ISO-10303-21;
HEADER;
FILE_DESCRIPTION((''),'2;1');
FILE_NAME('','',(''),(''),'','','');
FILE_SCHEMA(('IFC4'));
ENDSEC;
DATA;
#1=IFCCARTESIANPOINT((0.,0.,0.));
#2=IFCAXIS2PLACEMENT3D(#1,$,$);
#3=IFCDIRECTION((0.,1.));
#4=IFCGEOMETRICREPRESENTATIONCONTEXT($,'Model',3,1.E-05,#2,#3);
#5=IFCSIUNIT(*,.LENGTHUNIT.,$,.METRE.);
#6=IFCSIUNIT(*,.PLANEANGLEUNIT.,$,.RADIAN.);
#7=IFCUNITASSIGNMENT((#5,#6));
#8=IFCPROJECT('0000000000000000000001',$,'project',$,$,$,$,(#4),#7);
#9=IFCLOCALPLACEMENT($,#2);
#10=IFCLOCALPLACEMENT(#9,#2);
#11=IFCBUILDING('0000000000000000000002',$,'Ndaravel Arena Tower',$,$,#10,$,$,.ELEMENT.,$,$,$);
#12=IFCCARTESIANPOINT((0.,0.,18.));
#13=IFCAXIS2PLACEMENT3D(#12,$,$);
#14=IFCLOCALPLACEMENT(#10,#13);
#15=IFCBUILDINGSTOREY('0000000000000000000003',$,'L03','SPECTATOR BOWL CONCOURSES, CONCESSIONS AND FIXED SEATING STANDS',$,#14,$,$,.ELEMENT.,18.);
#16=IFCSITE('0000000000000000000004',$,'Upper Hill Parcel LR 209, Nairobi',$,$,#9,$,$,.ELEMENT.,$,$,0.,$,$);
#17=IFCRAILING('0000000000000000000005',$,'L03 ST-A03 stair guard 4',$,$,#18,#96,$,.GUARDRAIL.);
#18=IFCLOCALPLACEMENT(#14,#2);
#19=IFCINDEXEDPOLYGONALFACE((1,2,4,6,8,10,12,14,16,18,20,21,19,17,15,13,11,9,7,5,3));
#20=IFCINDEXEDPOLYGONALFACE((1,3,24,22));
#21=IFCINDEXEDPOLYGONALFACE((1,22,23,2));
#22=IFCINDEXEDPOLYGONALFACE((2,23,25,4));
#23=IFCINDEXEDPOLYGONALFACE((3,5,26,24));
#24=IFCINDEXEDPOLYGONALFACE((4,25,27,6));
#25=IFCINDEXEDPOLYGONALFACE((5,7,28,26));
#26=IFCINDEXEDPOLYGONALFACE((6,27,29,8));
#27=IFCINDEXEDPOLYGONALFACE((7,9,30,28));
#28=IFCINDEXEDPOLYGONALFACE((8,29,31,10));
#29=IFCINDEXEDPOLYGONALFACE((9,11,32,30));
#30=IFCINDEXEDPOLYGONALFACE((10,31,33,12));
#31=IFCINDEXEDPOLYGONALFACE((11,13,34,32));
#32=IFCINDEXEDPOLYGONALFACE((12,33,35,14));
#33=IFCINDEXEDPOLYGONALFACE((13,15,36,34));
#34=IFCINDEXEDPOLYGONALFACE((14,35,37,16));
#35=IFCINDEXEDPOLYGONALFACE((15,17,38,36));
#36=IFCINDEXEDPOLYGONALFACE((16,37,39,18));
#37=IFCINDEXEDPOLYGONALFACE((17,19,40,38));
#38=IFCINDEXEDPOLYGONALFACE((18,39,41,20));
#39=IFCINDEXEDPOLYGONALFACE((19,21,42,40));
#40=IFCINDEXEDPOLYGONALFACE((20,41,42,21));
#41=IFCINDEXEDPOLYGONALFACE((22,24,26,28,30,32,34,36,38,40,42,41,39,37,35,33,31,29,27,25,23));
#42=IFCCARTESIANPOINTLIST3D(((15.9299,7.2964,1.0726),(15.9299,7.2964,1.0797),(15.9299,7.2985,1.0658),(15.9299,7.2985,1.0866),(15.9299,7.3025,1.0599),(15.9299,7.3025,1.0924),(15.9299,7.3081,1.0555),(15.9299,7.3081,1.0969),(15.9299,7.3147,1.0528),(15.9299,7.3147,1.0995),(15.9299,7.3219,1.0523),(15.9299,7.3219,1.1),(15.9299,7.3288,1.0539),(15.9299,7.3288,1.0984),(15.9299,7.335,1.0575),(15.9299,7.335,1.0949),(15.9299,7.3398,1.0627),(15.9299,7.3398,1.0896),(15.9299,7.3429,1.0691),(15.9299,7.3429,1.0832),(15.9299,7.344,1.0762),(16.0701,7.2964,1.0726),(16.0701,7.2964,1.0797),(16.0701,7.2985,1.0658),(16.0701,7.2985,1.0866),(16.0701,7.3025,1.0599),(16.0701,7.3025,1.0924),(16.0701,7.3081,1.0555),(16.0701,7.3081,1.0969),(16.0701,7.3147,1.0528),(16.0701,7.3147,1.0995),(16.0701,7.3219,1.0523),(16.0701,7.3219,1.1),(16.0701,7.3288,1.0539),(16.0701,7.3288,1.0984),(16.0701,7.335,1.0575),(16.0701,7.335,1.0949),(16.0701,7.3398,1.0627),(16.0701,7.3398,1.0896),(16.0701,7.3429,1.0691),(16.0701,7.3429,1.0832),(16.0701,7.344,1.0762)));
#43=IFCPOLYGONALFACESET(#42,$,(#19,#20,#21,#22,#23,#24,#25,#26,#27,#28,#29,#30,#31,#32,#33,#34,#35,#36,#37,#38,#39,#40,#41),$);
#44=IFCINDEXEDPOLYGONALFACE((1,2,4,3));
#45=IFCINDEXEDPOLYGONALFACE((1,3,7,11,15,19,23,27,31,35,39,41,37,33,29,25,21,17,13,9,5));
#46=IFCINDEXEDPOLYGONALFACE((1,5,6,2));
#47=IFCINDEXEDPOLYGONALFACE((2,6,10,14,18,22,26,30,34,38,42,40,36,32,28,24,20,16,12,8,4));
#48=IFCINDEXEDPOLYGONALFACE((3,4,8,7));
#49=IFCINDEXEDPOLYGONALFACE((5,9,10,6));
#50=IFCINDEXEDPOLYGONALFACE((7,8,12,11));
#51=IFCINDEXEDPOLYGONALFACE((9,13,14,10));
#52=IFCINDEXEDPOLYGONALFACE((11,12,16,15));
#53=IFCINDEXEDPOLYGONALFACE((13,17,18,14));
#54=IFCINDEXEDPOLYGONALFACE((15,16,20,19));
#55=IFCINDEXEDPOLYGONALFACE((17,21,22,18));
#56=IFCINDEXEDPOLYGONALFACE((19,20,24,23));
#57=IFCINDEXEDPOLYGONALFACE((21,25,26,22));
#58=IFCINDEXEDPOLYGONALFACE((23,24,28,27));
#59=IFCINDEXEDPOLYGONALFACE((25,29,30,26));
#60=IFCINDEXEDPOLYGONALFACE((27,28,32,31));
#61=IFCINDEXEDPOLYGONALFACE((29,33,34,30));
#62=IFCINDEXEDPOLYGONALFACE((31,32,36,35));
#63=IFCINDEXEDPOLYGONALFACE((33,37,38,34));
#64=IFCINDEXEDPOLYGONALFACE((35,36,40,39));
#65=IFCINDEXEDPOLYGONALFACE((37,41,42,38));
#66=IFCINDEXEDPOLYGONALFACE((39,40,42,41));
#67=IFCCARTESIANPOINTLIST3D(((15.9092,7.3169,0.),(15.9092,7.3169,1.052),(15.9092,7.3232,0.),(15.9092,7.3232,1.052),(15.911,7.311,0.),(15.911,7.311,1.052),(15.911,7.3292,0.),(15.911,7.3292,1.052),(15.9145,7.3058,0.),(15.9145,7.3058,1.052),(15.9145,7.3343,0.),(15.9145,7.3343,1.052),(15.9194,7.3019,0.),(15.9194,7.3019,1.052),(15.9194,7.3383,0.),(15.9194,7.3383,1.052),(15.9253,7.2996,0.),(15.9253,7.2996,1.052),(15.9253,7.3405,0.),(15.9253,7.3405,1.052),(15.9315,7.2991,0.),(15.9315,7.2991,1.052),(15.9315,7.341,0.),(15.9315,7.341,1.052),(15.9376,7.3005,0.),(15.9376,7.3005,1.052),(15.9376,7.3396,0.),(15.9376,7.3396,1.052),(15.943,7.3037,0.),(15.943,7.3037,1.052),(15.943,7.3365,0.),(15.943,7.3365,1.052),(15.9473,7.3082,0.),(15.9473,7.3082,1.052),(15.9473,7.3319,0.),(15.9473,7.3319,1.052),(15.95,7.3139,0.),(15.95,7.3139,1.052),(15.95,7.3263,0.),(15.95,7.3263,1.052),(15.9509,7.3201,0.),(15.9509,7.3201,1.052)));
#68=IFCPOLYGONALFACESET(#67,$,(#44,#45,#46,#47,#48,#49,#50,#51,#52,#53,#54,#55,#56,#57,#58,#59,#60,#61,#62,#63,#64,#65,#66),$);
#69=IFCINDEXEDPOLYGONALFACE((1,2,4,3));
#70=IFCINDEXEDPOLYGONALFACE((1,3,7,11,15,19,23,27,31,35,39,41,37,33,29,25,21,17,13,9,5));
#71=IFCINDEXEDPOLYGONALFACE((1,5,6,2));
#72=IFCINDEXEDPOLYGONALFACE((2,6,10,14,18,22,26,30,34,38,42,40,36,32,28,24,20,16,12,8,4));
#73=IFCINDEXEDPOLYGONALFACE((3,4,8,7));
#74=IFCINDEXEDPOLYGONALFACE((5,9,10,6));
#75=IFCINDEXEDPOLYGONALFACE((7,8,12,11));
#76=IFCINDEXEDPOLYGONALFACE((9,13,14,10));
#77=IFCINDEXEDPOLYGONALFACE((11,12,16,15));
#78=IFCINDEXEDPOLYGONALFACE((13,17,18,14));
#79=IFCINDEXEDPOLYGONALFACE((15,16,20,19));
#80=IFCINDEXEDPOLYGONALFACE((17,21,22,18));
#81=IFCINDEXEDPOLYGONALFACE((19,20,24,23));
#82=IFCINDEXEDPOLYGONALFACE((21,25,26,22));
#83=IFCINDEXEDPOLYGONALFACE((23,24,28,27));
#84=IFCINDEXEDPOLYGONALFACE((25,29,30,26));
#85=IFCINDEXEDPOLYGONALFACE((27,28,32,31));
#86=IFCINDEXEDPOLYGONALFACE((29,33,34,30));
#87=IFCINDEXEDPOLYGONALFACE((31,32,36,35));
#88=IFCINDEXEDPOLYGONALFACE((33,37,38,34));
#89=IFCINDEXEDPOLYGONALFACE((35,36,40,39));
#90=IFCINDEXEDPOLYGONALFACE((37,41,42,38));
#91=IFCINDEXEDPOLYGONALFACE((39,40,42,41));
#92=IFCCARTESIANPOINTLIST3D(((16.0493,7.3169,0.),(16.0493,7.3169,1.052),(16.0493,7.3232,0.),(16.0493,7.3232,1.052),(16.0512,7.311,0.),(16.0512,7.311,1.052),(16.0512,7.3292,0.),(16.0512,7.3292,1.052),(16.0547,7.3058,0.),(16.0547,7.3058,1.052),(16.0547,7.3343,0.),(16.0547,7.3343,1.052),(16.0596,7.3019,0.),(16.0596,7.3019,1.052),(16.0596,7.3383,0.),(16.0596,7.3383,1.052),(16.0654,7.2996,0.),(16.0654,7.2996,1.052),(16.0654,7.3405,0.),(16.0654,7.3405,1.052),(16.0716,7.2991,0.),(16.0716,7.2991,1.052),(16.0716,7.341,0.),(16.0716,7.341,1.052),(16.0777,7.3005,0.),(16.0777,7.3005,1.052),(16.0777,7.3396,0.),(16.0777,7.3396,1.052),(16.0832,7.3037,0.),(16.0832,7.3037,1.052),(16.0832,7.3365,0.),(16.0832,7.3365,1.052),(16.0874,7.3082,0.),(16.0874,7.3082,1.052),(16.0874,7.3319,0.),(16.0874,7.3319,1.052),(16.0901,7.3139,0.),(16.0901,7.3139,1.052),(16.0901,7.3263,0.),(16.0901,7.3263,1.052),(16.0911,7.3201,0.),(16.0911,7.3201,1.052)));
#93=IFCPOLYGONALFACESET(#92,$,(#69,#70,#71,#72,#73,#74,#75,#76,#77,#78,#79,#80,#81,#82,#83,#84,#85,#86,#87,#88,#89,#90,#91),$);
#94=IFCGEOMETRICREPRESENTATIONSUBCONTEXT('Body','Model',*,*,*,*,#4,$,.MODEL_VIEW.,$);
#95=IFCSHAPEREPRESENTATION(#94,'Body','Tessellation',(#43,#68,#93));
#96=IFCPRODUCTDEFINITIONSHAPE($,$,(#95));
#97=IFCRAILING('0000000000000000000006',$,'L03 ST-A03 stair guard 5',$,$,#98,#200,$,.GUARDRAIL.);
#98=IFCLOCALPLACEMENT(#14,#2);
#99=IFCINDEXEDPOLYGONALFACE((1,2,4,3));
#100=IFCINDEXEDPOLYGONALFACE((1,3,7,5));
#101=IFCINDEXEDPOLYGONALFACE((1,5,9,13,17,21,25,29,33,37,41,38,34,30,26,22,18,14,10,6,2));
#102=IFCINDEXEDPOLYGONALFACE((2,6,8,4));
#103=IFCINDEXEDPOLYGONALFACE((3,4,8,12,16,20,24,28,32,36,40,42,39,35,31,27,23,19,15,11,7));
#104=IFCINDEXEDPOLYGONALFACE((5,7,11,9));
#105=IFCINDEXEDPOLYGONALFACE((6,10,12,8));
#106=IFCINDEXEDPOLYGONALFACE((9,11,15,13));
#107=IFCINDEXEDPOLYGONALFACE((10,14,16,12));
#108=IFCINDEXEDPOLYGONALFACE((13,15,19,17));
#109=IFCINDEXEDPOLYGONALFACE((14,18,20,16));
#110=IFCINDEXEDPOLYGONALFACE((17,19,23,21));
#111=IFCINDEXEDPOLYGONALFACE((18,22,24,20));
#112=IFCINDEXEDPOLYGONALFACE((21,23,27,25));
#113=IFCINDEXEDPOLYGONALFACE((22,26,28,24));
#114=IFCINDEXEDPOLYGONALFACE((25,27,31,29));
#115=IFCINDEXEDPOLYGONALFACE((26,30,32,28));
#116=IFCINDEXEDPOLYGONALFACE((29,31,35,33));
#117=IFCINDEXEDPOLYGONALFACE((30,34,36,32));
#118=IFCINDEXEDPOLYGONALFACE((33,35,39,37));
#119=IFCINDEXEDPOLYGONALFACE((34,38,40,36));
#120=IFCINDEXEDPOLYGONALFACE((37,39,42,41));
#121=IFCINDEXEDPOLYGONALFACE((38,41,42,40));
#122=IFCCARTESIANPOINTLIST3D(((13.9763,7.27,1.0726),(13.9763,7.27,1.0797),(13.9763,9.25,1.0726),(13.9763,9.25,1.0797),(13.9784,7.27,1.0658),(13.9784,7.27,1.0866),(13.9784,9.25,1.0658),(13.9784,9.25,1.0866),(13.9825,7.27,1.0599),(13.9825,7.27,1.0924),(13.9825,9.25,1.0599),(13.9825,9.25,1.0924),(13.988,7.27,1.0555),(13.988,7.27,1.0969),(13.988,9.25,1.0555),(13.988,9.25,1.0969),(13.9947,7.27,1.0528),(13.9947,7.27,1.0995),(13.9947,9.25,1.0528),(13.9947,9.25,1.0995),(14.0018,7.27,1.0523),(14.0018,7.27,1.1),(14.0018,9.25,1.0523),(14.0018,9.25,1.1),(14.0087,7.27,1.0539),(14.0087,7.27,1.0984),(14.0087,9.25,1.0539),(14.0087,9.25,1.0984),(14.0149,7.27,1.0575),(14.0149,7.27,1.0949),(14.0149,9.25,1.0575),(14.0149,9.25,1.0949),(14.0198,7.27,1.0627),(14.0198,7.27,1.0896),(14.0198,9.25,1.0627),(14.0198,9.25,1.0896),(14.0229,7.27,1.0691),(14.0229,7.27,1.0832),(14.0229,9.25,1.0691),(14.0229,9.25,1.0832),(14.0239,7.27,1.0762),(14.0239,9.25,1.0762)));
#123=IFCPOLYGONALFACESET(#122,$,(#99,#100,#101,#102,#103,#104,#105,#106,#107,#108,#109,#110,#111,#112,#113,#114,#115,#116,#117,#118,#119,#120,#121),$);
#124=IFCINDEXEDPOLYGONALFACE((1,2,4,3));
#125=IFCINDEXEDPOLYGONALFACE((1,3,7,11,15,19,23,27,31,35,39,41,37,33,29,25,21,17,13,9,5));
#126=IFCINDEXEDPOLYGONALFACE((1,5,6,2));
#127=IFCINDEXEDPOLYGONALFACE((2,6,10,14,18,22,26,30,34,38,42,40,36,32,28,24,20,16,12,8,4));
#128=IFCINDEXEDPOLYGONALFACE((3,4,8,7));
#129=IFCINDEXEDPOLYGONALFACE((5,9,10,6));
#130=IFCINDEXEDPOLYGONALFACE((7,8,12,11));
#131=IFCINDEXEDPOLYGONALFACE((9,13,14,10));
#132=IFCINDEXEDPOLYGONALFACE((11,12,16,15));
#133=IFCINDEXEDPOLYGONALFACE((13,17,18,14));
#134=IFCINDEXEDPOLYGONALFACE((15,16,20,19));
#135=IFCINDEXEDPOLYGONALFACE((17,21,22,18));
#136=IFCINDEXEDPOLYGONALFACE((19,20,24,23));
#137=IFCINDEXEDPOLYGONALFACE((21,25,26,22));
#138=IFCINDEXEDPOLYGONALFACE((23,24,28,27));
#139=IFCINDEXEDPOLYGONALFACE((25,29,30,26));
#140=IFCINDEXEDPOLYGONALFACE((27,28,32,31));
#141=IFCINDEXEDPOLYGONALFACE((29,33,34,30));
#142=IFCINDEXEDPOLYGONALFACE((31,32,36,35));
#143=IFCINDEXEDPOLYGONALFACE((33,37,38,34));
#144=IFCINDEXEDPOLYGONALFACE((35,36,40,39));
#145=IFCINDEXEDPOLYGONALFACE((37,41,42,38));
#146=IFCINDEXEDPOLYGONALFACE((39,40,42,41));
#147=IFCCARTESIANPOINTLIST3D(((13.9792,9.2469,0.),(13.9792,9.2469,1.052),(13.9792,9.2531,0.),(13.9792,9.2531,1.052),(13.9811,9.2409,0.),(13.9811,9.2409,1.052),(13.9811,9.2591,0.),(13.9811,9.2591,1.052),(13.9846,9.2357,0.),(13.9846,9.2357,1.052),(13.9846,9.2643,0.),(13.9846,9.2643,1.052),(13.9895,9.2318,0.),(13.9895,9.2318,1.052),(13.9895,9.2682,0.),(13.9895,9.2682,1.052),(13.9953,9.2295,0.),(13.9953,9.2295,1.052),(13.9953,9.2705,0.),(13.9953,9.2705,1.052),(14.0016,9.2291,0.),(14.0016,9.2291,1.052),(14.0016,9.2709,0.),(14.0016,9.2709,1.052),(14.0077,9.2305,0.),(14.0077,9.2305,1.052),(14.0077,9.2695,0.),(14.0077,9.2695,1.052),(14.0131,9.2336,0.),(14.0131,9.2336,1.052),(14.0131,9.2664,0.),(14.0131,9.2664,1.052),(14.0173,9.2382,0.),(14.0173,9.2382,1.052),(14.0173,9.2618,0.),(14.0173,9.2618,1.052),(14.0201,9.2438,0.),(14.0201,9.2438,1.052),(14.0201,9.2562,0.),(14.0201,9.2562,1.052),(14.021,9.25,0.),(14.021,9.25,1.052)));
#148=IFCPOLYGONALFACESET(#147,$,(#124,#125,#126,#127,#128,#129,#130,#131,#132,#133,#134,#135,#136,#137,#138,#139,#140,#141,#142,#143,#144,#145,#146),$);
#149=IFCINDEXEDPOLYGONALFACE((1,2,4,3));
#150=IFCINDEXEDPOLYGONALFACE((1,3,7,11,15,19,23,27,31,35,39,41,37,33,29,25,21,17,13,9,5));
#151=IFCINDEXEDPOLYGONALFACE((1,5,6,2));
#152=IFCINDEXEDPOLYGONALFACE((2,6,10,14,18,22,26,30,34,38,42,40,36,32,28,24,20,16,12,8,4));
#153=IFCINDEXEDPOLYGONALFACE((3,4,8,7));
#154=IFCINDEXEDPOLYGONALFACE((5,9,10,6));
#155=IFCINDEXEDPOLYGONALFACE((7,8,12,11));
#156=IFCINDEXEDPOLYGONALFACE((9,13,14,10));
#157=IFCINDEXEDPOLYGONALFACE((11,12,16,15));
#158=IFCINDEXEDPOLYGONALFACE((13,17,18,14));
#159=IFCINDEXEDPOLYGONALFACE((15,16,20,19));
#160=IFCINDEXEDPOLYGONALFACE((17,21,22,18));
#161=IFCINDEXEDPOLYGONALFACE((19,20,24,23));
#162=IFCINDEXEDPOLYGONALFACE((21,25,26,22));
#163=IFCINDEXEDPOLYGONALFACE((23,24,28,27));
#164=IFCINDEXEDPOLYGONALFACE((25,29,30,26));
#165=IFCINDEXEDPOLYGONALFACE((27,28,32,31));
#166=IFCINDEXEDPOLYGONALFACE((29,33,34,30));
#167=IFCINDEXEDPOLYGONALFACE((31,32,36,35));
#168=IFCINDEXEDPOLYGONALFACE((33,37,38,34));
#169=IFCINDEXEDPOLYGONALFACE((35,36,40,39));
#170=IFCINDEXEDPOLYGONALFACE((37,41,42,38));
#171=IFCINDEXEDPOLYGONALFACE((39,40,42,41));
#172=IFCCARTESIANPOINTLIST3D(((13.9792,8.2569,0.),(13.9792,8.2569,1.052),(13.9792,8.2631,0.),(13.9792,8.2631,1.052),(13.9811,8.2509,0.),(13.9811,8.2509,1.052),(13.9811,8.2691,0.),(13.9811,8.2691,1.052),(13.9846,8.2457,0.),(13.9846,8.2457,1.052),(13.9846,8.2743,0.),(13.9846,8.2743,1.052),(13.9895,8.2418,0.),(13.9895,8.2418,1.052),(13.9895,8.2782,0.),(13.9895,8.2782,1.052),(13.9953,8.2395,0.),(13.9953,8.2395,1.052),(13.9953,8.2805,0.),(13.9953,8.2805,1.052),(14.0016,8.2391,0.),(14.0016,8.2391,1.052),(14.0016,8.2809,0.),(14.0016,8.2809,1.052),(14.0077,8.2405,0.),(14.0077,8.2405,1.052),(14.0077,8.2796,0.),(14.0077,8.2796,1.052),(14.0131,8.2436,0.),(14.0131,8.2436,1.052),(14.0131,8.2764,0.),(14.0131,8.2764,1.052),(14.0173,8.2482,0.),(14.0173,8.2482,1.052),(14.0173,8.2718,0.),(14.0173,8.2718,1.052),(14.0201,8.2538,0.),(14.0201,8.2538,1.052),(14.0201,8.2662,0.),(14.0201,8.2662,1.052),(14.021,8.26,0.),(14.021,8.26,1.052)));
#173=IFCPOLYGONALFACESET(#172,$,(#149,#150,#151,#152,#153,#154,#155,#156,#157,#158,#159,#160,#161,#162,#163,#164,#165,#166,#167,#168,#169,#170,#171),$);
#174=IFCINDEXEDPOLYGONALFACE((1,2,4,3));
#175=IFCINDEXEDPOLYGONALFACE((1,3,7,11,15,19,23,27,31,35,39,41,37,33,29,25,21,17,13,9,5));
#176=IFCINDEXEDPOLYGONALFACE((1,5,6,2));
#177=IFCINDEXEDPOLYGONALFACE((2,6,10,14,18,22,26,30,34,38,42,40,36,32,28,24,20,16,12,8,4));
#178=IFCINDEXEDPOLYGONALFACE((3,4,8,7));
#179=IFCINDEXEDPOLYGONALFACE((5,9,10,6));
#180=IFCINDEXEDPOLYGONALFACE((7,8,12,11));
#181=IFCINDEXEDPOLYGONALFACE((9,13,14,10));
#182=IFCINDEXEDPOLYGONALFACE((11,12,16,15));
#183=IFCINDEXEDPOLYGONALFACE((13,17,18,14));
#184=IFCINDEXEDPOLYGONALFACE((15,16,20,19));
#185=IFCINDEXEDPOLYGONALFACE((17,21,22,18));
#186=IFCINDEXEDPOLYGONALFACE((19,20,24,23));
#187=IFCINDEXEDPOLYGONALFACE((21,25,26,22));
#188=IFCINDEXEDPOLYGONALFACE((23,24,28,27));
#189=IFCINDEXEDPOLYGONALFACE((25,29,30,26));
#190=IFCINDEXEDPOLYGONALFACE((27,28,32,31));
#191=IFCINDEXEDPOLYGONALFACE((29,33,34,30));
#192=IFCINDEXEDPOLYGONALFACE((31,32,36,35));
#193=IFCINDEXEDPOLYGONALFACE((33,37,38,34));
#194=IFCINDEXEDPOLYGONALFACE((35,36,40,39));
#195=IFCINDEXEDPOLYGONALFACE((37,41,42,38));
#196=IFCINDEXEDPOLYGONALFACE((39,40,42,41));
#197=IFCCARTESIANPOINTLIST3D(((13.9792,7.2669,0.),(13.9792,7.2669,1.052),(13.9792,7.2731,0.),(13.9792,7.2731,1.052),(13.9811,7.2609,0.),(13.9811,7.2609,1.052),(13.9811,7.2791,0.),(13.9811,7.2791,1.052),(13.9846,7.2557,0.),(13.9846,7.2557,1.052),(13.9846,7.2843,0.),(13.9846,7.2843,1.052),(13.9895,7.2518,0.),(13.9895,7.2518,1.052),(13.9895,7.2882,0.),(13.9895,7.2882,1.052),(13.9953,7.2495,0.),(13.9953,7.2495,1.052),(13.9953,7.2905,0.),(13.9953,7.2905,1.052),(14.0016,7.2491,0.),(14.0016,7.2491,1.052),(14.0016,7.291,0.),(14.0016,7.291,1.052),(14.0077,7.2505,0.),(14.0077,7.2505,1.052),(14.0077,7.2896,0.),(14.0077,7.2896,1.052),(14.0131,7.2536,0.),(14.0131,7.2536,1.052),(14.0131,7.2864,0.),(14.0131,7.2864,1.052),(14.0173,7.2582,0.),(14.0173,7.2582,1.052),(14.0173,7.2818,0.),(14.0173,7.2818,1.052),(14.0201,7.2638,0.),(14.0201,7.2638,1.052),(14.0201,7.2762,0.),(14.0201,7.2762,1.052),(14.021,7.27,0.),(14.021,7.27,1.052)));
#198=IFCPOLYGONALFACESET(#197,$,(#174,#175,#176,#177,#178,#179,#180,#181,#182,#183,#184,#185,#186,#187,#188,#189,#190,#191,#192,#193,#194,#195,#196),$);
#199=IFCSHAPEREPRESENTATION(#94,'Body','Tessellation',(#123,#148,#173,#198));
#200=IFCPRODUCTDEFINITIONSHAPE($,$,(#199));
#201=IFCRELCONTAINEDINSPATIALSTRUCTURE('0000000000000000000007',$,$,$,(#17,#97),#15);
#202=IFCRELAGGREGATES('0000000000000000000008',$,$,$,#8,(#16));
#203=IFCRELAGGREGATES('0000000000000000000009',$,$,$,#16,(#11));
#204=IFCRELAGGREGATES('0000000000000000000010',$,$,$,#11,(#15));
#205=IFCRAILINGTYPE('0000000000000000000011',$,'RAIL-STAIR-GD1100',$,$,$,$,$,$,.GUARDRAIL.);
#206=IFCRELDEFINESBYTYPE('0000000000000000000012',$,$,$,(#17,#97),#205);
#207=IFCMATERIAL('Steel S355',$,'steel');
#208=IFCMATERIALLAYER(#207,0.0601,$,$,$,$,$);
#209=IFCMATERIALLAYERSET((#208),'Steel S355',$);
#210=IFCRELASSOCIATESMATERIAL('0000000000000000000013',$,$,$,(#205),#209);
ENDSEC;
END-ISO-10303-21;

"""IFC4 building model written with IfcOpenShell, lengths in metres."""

from ifc_helpers import new_model, si_unit, direction, frame, origin, origin_2d, place, context, subcontext, project, spatial, circle, extrude, material, layer, layer_set, type_object, element, save


model = new_model("IFC4")

# Units and contexts
model_context = context("Model", 3, precision=1e-05, world=origin(), true_north=direction((0.0, 1.0)))
body_context = subcontext(model_context, "Body", "Model", "MODEL_VIEW")
ifc_project = project(units=[si_unit("LENGTHUNIT", "METRE"), si_unit("PLANEANGLEUNIT", "RADIAN")], contexts=[model_context])

# Site, building, storey
site_placement = place(None, origin())
site = spatial("IfcSite", under=ifc_project, at=site_placement, Name="Upper Hill Parcel LR 209, Nairobi", CompositionType="ELEMENT", RefElevation=0.0)
building_placement = place(site_placement, origin())
building = spatial("IfcBuilding", under=site, at=building_placement, Name="Ndaravel Arena Tower", CompositionType="ELEMENT")
storey_placement = place(building_placement, frame((0.0, 0.0, 18.0)))
storey = spatial("IfcBuildingStorey", under=building, at=storey_placement, Name="L03", Description="SPECTATOR BOWL CONCOURSES, CONCESSIONS AND FIXED SEATING STANDS", CompositionType="ELEMENT", Elevation=18.0)

# Railings
ifc_material_1 = material(Name="Steel S355", Category="steel")
ifc_layer_1 = layer(ifc_material_1, 0.0601)
ifc_layer_set_1 = layer_set([ifc_layer_1], Name="Steel S355")
railing_type_1 = type_object("IfcRailingType", Name="RAIL-STAIR-GD1100", PredefinedType="GUARDRAIL", material=ifc_layer_set_1)
railing_1_placement = place(storey_placement, frame((15.9299, 7.3201, 0.0)))
element("IfcRailing", 1, at=railing_1_placement, inside=storey, type_object=railing_type_1, Name="L03 ST-A03 stair guard 4", PredefinedType="GUARDRAIL", context=body_context, shape_type="SweptSolid", body=[
    extrude(circle(Radius=0.0239, at=origin_2d()), frame((0.0, 0.0, 1.0762), z_axis=(1.0, 0.0, 0.0), x_axis=(0.0, 1.0, 0.0)), (0.0, 0.0, 1.0), 0.1401),
    extrude(circle(Radius=0.021, at=origin_2d()), origin(), (0.0, 0.0, 1.0), 1.052),
    extrude(circle(Radius=0.021, at=origin_2d()), frame((0.1401, 0.0, 0.0)), (0.0, 0.0, 1.0), 1.052),
])
for number, where, name in (
    (2, (14.0, 9.25, 0.0), "L03 ST-A03 stair guard 5"),
):
    element("IfcRailing", number, at=place(storey_placement, frame(where)), inside=storey, type_object=railing_type_1, Name=name, PredefinedType="GUARDRAIL", context=body_context, shape_type="SweptSolid", body=[
        extrude(circle(Radius=0.0239, at=origin_2d()), frame((0.0, 0.0, 1.0762), z_axis=(0.0, -1.0, 0.0), x_axis=(1.0, 0.0, 0.0)), (0.0, 0.0, 1.0), 1.98),
        extrude(circle(Radius=0.021, at=origin_2d()), origin(), (0.0, 0.0, 1.0), 1.052),
        extrude(circle(Radius=0.021, at=origin_2d()), frame((0.0, -0.99, 0.0)), (0.0, 0.0, 1.0), 1.052),
        extrude(circle(Radius=0.021, at=origin_2d()), frame((0.0, -1.98, 0.0)), (0.0, 0.0, 1.0), 1.052),
    ])

save(model, "model.ifc")
